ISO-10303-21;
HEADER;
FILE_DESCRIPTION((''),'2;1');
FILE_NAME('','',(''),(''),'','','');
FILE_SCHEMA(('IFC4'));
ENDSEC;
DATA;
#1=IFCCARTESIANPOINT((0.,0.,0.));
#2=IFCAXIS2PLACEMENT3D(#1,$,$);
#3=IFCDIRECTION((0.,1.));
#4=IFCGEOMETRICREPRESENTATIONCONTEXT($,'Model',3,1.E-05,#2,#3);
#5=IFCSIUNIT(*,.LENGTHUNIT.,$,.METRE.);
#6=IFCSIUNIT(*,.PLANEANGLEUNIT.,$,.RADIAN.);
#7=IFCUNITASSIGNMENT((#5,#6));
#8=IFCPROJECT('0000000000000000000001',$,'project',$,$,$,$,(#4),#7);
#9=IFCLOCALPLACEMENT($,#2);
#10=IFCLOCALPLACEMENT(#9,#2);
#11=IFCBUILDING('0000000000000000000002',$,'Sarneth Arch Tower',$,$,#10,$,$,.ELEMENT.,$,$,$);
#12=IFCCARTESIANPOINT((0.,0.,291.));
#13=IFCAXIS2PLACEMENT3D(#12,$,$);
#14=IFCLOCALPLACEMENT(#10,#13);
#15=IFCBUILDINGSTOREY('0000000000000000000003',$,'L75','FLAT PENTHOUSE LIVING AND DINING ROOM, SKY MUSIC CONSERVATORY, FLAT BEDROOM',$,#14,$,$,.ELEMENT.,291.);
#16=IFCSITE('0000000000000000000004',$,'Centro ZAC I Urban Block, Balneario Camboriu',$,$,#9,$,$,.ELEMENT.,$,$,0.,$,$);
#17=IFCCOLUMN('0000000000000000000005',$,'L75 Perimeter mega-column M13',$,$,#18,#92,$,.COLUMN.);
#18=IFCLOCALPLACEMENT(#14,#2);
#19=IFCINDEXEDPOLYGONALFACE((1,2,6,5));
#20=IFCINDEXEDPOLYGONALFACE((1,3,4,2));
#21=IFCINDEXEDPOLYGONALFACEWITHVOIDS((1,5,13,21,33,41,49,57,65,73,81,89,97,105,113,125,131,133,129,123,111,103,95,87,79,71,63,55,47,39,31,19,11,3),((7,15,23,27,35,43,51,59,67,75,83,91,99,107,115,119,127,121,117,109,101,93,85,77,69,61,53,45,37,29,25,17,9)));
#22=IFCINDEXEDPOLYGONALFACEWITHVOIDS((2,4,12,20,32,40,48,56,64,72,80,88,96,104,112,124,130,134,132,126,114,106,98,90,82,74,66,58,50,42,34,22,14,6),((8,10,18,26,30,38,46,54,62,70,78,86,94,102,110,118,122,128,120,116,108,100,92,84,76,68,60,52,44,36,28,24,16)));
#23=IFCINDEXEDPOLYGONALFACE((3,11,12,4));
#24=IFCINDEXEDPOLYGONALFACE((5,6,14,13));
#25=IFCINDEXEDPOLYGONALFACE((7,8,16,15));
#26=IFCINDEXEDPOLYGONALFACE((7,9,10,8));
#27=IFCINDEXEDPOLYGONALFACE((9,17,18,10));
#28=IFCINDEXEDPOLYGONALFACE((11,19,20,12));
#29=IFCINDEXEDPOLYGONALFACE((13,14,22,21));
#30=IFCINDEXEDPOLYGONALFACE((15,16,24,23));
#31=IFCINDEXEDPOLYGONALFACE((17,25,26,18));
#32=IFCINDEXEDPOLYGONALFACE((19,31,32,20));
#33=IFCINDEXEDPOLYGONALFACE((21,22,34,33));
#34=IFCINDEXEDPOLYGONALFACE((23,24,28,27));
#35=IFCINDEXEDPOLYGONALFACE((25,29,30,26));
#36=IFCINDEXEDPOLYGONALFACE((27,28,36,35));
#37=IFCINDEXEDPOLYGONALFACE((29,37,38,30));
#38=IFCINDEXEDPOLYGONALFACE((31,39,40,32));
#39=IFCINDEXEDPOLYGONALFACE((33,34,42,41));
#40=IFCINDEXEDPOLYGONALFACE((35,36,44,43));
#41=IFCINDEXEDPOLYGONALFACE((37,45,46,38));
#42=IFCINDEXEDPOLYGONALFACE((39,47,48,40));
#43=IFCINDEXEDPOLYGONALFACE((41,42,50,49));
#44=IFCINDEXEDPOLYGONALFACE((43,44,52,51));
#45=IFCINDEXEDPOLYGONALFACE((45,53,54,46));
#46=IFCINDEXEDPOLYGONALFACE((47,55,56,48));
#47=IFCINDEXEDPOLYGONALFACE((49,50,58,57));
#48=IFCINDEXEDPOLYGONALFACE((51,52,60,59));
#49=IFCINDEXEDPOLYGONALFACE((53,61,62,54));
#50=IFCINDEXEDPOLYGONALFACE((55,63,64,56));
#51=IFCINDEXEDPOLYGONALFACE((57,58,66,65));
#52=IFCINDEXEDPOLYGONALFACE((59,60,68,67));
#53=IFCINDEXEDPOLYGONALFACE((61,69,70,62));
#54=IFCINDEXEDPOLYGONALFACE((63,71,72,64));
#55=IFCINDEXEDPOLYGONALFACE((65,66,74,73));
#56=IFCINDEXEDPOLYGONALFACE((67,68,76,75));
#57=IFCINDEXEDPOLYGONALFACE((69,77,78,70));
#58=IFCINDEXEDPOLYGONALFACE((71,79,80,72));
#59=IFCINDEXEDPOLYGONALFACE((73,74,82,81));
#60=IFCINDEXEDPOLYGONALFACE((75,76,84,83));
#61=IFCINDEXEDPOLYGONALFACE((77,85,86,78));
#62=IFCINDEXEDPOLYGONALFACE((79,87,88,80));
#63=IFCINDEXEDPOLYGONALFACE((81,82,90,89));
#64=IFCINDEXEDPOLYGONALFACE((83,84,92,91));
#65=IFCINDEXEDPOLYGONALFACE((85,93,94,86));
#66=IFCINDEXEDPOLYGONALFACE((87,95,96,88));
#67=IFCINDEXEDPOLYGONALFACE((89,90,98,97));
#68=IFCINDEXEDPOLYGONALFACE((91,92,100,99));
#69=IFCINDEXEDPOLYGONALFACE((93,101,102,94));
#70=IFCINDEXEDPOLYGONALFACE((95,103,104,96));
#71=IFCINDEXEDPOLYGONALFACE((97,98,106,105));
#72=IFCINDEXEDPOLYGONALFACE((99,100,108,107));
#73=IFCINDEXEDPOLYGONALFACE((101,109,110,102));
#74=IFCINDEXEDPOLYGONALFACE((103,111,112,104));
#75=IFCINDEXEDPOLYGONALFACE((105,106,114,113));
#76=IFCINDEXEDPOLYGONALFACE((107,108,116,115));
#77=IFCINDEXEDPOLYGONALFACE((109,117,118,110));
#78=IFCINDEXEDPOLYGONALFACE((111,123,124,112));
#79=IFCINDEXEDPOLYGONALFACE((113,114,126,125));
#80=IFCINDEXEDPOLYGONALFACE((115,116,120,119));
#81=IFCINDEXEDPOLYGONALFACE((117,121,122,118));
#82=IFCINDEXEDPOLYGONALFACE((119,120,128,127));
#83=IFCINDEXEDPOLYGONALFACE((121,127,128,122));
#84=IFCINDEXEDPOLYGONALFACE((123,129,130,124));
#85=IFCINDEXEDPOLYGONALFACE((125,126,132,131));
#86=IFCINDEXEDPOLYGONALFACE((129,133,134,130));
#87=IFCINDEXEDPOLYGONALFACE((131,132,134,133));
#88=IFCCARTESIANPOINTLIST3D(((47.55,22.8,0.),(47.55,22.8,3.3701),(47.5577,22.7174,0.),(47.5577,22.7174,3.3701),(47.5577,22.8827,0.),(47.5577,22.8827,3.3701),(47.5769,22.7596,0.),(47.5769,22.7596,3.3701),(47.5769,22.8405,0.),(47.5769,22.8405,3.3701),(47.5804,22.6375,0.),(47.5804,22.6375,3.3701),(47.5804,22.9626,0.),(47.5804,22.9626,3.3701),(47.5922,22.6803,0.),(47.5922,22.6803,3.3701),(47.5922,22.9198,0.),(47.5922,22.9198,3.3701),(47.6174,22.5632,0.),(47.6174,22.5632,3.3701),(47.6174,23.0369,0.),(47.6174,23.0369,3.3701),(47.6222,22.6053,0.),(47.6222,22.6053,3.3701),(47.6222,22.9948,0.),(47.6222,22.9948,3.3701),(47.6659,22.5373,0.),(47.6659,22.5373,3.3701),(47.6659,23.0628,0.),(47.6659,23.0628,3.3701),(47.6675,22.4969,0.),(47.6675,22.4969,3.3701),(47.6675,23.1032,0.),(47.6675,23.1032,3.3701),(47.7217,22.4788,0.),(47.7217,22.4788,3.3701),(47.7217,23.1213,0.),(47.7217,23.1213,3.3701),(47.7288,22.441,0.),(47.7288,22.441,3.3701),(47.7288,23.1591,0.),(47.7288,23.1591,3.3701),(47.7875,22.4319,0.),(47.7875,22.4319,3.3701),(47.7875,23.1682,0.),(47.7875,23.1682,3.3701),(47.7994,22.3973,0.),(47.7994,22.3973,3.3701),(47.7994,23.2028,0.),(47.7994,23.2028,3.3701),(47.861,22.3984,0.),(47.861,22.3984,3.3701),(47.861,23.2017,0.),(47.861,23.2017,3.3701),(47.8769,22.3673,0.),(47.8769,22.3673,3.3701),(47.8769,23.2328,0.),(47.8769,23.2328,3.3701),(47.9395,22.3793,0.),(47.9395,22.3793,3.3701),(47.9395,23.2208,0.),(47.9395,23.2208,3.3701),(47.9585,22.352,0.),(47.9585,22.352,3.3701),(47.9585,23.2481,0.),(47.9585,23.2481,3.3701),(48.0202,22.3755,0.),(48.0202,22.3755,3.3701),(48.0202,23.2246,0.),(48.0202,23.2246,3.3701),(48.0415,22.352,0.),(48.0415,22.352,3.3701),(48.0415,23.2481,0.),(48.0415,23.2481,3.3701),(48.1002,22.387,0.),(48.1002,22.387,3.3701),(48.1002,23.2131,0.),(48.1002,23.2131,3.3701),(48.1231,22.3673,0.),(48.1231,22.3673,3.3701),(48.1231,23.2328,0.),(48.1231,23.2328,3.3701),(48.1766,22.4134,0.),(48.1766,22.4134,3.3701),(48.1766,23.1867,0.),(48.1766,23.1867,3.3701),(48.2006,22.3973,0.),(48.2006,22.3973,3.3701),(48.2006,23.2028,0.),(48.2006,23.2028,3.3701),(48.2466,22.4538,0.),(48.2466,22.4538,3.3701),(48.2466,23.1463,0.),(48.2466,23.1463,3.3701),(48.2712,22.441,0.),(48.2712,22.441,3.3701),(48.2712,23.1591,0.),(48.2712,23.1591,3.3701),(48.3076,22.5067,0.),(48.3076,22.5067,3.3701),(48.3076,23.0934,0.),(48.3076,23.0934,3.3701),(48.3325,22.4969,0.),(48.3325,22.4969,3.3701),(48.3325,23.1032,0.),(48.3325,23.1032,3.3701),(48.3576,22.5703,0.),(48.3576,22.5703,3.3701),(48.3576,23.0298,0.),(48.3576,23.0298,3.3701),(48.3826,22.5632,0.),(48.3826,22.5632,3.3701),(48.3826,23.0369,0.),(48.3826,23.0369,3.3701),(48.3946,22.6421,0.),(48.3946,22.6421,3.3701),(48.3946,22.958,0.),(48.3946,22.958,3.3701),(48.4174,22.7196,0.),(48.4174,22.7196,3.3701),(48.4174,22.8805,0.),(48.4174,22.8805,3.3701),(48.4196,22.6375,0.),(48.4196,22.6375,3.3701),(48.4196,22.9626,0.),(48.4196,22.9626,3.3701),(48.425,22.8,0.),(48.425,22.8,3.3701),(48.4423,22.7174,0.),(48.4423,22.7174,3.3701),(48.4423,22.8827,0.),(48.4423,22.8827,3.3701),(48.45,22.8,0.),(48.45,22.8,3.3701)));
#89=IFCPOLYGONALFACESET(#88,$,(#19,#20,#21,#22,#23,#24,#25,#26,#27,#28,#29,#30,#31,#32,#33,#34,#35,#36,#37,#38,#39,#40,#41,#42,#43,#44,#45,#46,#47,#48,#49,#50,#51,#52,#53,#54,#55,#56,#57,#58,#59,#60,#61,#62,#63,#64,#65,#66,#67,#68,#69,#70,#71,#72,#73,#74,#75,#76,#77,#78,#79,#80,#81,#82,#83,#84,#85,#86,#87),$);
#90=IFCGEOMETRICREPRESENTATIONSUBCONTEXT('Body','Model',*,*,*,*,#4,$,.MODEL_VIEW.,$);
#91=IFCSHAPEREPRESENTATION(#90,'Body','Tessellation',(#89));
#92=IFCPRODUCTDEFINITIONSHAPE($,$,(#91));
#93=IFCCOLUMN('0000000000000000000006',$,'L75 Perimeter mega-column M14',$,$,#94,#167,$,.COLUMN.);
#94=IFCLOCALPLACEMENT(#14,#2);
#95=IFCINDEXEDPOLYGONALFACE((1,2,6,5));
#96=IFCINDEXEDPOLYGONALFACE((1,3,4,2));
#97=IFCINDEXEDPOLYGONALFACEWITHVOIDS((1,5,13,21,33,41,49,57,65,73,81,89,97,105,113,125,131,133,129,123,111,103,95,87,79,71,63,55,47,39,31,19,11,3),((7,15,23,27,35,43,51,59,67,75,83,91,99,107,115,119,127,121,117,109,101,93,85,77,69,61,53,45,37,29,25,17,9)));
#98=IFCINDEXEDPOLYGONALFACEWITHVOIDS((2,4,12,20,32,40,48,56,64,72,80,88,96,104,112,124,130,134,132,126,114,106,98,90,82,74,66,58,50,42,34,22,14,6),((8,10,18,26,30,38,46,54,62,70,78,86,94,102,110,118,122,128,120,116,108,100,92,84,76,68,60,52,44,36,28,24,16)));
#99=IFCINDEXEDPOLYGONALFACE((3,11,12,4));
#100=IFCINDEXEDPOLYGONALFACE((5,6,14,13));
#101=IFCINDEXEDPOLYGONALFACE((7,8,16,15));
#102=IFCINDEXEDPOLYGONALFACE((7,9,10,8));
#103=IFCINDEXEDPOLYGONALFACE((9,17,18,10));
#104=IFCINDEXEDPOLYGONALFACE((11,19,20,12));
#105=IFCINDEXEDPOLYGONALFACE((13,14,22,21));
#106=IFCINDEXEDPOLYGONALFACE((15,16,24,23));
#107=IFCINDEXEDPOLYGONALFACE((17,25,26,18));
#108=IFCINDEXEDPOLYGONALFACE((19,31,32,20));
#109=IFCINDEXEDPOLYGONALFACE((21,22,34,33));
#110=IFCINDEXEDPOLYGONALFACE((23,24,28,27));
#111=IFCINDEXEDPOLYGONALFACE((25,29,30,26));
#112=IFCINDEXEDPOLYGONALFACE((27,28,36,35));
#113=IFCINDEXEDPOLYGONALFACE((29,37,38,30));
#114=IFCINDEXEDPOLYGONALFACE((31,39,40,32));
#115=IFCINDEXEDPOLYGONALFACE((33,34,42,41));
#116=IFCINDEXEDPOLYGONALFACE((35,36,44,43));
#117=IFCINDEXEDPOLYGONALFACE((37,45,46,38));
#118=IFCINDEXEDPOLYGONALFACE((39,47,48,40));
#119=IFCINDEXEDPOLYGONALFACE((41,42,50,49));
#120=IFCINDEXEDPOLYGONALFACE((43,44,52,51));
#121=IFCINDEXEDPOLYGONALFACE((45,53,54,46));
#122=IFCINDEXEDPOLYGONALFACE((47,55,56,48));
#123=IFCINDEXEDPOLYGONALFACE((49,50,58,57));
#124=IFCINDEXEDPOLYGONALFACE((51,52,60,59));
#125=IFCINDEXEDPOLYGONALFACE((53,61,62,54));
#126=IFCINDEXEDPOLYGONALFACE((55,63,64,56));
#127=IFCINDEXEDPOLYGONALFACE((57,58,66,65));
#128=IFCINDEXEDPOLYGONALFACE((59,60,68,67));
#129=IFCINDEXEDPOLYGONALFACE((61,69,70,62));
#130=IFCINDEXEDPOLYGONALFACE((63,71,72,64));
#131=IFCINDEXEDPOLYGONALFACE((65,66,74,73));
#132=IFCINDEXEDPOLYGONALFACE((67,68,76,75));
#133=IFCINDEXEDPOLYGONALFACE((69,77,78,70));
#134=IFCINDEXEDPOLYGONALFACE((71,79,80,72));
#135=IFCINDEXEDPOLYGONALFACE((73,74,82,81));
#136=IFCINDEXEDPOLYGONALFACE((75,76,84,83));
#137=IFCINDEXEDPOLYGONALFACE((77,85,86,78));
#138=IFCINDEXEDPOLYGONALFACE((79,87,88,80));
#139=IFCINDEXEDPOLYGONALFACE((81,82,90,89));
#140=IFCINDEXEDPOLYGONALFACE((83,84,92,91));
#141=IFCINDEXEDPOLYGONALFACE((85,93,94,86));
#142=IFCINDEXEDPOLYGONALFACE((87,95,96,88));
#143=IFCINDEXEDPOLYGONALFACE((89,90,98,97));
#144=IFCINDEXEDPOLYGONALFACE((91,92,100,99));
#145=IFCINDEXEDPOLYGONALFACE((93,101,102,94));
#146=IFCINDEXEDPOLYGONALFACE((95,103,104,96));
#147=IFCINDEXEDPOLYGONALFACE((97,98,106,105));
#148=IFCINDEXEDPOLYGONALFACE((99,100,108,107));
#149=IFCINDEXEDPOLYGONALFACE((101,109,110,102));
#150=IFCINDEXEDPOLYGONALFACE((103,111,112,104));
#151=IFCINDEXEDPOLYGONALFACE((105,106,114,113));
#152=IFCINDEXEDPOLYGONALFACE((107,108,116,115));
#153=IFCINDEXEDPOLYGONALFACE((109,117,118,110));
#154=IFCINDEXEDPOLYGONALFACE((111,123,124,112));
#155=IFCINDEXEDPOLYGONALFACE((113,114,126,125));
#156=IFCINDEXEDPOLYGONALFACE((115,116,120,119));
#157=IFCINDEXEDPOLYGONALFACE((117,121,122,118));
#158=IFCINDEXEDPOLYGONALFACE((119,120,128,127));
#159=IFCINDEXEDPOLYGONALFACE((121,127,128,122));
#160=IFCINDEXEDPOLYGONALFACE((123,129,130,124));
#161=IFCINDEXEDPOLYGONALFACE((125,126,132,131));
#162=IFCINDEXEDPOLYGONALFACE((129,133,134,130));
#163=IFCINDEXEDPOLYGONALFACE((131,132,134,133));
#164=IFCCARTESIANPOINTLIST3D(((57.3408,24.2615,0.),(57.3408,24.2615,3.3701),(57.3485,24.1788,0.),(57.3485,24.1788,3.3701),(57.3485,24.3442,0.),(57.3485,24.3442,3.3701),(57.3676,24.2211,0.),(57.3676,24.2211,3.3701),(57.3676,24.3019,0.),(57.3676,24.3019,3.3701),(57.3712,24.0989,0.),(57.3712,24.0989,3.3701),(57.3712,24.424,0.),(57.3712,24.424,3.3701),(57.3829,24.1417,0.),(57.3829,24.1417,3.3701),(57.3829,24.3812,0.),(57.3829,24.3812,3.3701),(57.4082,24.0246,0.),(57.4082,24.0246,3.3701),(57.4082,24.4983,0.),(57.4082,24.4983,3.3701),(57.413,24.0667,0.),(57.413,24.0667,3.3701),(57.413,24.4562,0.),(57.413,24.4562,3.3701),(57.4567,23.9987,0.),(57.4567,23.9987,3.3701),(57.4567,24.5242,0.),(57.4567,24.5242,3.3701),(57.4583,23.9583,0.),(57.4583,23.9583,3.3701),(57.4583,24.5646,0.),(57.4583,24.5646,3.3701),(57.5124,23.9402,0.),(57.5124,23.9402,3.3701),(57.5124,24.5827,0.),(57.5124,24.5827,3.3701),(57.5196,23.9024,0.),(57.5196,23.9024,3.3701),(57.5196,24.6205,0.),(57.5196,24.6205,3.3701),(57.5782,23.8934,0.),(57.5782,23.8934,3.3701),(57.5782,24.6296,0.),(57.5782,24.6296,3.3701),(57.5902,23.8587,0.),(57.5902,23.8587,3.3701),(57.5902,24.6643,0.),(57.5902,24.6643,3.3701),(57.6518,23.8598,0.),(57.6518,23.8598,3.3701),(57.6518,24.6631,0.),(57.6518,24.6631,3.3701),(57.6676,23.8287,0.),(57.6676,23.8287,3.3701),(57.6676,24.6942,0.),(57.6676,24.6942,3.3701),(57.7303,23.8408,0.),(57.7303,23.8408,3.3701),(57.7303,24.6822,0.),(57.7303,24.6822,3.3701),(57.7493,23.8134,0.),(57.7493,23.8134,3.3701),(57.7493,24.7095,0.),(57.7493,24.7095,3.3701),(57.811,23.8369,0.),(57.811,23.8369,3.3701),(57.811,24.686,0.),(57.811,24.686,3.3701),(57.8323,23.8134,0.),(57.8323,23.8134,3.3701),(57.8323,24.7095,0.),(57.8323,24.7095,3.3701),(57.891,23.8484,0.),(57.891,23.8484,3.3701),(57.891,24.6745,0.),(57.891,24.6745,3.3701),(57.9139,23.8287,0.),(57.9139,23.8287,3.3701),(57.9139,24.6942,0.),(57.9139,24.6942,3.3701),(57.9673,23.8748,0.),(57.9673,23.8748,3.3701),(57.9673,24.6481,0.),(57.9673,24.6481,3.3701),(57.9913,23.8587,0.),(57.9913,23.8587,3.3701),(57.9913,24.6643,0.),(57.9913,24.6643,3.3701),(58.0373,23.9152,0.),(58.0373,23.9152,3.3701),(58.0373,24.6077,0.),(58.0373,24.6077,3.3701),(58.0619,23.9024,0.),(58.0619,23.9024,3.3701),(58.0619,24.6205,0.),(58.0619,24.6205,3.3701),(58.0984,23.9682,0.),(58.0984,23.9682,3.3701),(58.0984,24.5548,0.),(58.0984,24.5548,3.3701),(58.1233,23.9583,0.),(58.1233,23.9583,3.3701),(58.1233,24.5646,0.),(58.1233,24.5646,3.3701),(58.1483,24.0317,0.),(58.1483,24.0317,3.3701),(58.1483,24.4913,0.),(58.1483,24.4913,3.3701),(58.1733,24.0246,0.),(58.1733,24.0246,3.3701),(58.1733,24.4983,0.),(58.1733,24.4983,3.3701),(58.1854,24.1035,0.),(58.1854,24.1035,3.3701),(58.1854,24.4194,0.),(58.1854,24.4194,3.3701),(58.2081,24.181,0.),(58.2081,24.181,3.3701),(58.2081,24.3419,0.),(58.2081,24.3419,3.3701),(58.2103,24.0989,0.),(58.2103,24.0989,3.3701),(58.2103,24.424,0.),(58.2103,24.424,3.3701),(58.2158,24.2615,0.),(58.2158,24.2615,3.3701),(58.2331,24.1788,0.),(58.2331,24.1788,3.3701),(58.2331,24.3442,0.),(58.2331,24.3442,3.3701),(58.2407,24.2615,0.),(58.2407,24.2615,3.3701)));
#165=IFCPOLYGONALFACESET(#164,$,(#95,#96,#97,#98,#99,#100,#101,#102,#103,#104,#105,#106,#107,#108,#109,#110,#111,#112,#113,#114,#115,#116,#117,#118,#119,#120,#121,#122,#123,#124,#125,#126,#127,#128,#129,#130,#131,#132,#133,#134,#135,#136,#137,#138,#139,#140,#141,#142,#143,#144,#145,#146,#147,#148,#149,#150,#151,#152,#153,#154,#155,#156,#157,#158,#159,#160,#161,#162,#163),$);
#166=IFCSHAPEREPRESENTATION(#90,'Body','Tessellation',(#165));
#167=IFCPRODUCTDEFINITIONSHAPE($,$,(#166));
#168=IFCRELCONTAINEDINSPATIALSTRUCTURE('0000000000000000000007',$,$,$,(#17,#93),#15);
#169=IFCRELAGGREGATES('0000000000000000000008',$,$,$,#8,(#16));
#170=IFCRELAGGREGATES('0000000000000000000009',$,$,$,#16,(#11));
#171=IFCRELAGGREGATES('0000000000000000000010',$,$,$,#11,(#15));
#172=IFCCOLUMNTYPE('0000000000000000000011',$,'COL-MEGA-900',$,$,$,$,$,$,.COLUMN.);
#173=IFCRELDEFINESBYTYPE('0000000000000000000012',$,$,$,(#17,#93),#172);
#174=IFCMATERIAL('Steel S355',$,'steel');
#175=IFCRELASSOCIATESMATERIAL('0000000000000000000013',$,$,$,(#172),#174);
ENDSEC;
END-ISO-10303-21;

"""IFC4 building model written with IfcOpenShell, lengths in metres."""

from ifc_helpers import new_model, si_unit, direction, frame, origin, origin_2d, place, context, subcontext, project, spatial, hollow_circle, extrude, material, material_profile, profile_set, type_object, element, save


model = new_model("IFC4")

# Units and contexts
model_context = context("Model", 3, precision=1e-05, world=origin(), true_north=direction((0.0, 1.0)))
body_context = subcontext(model_context, "Body", "Model", "MODEL_VIEW")
ifc_project = project(units=[si_unit("LENGTHUNIT", "METRE"), si_unit("PLANEANGLEUNIT", "RADIAN")], contexts=[model_context])

# Site, building, storey
site_placement = place(None, origin())
site = spatial("IfcSite", under=ifc_project, at=site_placement, Name="Centro ZAC I Urban Block, Balneario Camboriu", CompositionType="ELEMENT", RefElevation=0.0)
building_placement = place(site_placement, origin())
building = spatial("IfcBuilding", under=site, at=building_placement, Name="Sarneth Arch Tower", CompositionType="ELEMENT")
storey_placement = place(building_placement, frame((0.0, 0.0, 291.0)))
storey = spatial("IfcBuildingStorey", under=building, at=storey_placement, Name="L75", Description="FLAT PENTHOUSE LIVING AND DINING ROOM, SKY MUSIC CONSERVATORY, FLAT BEDROOM", CompositionType="ELEMENT", Elevation=291.0)

# Columns
ifc_material_1 = material(Name="Steel S355", Category="steel")
ifc_material_profile_1 = material_profile(ifc_material_1, hollow_circle(Radius=0.45, WallThickness=0.0249, at=origin_2d()), Name="CHS900x25")
ifc_profile_set_1 = profile_set([ifc_material_profile_1], Name="Steel S355")
column_type = type_object("IfcColumnType", Name="COL-MEGA-900", PredefinedType="COLUMN", material=ifc_profile_set_1)
for number, where, z_axis, x_axis, name in (
    (1, (48.0, 22.8, 0.0), (0.0, 0.0, 1.0), (1.0, 0.0, 0.0), "L75 Perimeter mega-column M13"),
    (2, (57.7908, 24.2615, 0.0), (0.0, 0.0, 1.0), (1.0, 0.0, 0.0), "L75 Perimeter mega-column M14"),
):
    element("IfcColumn", number, at=place(storey_placement, frame(where, z_axis=z_axis, x_axis=x_axis)), inside=storey, type_object=column_type, Name=name, PredefinedType="COLUMN", context=body_context, shape_type="SweptSolid", body=[
        extrude(hollow_circle(Radius=0.45, WallThickness=0.0249, at=origin_2d()), origin(), (0.0, 0.0, 1.0), 3.3701),
    ])

save(model, "model.ifc")
